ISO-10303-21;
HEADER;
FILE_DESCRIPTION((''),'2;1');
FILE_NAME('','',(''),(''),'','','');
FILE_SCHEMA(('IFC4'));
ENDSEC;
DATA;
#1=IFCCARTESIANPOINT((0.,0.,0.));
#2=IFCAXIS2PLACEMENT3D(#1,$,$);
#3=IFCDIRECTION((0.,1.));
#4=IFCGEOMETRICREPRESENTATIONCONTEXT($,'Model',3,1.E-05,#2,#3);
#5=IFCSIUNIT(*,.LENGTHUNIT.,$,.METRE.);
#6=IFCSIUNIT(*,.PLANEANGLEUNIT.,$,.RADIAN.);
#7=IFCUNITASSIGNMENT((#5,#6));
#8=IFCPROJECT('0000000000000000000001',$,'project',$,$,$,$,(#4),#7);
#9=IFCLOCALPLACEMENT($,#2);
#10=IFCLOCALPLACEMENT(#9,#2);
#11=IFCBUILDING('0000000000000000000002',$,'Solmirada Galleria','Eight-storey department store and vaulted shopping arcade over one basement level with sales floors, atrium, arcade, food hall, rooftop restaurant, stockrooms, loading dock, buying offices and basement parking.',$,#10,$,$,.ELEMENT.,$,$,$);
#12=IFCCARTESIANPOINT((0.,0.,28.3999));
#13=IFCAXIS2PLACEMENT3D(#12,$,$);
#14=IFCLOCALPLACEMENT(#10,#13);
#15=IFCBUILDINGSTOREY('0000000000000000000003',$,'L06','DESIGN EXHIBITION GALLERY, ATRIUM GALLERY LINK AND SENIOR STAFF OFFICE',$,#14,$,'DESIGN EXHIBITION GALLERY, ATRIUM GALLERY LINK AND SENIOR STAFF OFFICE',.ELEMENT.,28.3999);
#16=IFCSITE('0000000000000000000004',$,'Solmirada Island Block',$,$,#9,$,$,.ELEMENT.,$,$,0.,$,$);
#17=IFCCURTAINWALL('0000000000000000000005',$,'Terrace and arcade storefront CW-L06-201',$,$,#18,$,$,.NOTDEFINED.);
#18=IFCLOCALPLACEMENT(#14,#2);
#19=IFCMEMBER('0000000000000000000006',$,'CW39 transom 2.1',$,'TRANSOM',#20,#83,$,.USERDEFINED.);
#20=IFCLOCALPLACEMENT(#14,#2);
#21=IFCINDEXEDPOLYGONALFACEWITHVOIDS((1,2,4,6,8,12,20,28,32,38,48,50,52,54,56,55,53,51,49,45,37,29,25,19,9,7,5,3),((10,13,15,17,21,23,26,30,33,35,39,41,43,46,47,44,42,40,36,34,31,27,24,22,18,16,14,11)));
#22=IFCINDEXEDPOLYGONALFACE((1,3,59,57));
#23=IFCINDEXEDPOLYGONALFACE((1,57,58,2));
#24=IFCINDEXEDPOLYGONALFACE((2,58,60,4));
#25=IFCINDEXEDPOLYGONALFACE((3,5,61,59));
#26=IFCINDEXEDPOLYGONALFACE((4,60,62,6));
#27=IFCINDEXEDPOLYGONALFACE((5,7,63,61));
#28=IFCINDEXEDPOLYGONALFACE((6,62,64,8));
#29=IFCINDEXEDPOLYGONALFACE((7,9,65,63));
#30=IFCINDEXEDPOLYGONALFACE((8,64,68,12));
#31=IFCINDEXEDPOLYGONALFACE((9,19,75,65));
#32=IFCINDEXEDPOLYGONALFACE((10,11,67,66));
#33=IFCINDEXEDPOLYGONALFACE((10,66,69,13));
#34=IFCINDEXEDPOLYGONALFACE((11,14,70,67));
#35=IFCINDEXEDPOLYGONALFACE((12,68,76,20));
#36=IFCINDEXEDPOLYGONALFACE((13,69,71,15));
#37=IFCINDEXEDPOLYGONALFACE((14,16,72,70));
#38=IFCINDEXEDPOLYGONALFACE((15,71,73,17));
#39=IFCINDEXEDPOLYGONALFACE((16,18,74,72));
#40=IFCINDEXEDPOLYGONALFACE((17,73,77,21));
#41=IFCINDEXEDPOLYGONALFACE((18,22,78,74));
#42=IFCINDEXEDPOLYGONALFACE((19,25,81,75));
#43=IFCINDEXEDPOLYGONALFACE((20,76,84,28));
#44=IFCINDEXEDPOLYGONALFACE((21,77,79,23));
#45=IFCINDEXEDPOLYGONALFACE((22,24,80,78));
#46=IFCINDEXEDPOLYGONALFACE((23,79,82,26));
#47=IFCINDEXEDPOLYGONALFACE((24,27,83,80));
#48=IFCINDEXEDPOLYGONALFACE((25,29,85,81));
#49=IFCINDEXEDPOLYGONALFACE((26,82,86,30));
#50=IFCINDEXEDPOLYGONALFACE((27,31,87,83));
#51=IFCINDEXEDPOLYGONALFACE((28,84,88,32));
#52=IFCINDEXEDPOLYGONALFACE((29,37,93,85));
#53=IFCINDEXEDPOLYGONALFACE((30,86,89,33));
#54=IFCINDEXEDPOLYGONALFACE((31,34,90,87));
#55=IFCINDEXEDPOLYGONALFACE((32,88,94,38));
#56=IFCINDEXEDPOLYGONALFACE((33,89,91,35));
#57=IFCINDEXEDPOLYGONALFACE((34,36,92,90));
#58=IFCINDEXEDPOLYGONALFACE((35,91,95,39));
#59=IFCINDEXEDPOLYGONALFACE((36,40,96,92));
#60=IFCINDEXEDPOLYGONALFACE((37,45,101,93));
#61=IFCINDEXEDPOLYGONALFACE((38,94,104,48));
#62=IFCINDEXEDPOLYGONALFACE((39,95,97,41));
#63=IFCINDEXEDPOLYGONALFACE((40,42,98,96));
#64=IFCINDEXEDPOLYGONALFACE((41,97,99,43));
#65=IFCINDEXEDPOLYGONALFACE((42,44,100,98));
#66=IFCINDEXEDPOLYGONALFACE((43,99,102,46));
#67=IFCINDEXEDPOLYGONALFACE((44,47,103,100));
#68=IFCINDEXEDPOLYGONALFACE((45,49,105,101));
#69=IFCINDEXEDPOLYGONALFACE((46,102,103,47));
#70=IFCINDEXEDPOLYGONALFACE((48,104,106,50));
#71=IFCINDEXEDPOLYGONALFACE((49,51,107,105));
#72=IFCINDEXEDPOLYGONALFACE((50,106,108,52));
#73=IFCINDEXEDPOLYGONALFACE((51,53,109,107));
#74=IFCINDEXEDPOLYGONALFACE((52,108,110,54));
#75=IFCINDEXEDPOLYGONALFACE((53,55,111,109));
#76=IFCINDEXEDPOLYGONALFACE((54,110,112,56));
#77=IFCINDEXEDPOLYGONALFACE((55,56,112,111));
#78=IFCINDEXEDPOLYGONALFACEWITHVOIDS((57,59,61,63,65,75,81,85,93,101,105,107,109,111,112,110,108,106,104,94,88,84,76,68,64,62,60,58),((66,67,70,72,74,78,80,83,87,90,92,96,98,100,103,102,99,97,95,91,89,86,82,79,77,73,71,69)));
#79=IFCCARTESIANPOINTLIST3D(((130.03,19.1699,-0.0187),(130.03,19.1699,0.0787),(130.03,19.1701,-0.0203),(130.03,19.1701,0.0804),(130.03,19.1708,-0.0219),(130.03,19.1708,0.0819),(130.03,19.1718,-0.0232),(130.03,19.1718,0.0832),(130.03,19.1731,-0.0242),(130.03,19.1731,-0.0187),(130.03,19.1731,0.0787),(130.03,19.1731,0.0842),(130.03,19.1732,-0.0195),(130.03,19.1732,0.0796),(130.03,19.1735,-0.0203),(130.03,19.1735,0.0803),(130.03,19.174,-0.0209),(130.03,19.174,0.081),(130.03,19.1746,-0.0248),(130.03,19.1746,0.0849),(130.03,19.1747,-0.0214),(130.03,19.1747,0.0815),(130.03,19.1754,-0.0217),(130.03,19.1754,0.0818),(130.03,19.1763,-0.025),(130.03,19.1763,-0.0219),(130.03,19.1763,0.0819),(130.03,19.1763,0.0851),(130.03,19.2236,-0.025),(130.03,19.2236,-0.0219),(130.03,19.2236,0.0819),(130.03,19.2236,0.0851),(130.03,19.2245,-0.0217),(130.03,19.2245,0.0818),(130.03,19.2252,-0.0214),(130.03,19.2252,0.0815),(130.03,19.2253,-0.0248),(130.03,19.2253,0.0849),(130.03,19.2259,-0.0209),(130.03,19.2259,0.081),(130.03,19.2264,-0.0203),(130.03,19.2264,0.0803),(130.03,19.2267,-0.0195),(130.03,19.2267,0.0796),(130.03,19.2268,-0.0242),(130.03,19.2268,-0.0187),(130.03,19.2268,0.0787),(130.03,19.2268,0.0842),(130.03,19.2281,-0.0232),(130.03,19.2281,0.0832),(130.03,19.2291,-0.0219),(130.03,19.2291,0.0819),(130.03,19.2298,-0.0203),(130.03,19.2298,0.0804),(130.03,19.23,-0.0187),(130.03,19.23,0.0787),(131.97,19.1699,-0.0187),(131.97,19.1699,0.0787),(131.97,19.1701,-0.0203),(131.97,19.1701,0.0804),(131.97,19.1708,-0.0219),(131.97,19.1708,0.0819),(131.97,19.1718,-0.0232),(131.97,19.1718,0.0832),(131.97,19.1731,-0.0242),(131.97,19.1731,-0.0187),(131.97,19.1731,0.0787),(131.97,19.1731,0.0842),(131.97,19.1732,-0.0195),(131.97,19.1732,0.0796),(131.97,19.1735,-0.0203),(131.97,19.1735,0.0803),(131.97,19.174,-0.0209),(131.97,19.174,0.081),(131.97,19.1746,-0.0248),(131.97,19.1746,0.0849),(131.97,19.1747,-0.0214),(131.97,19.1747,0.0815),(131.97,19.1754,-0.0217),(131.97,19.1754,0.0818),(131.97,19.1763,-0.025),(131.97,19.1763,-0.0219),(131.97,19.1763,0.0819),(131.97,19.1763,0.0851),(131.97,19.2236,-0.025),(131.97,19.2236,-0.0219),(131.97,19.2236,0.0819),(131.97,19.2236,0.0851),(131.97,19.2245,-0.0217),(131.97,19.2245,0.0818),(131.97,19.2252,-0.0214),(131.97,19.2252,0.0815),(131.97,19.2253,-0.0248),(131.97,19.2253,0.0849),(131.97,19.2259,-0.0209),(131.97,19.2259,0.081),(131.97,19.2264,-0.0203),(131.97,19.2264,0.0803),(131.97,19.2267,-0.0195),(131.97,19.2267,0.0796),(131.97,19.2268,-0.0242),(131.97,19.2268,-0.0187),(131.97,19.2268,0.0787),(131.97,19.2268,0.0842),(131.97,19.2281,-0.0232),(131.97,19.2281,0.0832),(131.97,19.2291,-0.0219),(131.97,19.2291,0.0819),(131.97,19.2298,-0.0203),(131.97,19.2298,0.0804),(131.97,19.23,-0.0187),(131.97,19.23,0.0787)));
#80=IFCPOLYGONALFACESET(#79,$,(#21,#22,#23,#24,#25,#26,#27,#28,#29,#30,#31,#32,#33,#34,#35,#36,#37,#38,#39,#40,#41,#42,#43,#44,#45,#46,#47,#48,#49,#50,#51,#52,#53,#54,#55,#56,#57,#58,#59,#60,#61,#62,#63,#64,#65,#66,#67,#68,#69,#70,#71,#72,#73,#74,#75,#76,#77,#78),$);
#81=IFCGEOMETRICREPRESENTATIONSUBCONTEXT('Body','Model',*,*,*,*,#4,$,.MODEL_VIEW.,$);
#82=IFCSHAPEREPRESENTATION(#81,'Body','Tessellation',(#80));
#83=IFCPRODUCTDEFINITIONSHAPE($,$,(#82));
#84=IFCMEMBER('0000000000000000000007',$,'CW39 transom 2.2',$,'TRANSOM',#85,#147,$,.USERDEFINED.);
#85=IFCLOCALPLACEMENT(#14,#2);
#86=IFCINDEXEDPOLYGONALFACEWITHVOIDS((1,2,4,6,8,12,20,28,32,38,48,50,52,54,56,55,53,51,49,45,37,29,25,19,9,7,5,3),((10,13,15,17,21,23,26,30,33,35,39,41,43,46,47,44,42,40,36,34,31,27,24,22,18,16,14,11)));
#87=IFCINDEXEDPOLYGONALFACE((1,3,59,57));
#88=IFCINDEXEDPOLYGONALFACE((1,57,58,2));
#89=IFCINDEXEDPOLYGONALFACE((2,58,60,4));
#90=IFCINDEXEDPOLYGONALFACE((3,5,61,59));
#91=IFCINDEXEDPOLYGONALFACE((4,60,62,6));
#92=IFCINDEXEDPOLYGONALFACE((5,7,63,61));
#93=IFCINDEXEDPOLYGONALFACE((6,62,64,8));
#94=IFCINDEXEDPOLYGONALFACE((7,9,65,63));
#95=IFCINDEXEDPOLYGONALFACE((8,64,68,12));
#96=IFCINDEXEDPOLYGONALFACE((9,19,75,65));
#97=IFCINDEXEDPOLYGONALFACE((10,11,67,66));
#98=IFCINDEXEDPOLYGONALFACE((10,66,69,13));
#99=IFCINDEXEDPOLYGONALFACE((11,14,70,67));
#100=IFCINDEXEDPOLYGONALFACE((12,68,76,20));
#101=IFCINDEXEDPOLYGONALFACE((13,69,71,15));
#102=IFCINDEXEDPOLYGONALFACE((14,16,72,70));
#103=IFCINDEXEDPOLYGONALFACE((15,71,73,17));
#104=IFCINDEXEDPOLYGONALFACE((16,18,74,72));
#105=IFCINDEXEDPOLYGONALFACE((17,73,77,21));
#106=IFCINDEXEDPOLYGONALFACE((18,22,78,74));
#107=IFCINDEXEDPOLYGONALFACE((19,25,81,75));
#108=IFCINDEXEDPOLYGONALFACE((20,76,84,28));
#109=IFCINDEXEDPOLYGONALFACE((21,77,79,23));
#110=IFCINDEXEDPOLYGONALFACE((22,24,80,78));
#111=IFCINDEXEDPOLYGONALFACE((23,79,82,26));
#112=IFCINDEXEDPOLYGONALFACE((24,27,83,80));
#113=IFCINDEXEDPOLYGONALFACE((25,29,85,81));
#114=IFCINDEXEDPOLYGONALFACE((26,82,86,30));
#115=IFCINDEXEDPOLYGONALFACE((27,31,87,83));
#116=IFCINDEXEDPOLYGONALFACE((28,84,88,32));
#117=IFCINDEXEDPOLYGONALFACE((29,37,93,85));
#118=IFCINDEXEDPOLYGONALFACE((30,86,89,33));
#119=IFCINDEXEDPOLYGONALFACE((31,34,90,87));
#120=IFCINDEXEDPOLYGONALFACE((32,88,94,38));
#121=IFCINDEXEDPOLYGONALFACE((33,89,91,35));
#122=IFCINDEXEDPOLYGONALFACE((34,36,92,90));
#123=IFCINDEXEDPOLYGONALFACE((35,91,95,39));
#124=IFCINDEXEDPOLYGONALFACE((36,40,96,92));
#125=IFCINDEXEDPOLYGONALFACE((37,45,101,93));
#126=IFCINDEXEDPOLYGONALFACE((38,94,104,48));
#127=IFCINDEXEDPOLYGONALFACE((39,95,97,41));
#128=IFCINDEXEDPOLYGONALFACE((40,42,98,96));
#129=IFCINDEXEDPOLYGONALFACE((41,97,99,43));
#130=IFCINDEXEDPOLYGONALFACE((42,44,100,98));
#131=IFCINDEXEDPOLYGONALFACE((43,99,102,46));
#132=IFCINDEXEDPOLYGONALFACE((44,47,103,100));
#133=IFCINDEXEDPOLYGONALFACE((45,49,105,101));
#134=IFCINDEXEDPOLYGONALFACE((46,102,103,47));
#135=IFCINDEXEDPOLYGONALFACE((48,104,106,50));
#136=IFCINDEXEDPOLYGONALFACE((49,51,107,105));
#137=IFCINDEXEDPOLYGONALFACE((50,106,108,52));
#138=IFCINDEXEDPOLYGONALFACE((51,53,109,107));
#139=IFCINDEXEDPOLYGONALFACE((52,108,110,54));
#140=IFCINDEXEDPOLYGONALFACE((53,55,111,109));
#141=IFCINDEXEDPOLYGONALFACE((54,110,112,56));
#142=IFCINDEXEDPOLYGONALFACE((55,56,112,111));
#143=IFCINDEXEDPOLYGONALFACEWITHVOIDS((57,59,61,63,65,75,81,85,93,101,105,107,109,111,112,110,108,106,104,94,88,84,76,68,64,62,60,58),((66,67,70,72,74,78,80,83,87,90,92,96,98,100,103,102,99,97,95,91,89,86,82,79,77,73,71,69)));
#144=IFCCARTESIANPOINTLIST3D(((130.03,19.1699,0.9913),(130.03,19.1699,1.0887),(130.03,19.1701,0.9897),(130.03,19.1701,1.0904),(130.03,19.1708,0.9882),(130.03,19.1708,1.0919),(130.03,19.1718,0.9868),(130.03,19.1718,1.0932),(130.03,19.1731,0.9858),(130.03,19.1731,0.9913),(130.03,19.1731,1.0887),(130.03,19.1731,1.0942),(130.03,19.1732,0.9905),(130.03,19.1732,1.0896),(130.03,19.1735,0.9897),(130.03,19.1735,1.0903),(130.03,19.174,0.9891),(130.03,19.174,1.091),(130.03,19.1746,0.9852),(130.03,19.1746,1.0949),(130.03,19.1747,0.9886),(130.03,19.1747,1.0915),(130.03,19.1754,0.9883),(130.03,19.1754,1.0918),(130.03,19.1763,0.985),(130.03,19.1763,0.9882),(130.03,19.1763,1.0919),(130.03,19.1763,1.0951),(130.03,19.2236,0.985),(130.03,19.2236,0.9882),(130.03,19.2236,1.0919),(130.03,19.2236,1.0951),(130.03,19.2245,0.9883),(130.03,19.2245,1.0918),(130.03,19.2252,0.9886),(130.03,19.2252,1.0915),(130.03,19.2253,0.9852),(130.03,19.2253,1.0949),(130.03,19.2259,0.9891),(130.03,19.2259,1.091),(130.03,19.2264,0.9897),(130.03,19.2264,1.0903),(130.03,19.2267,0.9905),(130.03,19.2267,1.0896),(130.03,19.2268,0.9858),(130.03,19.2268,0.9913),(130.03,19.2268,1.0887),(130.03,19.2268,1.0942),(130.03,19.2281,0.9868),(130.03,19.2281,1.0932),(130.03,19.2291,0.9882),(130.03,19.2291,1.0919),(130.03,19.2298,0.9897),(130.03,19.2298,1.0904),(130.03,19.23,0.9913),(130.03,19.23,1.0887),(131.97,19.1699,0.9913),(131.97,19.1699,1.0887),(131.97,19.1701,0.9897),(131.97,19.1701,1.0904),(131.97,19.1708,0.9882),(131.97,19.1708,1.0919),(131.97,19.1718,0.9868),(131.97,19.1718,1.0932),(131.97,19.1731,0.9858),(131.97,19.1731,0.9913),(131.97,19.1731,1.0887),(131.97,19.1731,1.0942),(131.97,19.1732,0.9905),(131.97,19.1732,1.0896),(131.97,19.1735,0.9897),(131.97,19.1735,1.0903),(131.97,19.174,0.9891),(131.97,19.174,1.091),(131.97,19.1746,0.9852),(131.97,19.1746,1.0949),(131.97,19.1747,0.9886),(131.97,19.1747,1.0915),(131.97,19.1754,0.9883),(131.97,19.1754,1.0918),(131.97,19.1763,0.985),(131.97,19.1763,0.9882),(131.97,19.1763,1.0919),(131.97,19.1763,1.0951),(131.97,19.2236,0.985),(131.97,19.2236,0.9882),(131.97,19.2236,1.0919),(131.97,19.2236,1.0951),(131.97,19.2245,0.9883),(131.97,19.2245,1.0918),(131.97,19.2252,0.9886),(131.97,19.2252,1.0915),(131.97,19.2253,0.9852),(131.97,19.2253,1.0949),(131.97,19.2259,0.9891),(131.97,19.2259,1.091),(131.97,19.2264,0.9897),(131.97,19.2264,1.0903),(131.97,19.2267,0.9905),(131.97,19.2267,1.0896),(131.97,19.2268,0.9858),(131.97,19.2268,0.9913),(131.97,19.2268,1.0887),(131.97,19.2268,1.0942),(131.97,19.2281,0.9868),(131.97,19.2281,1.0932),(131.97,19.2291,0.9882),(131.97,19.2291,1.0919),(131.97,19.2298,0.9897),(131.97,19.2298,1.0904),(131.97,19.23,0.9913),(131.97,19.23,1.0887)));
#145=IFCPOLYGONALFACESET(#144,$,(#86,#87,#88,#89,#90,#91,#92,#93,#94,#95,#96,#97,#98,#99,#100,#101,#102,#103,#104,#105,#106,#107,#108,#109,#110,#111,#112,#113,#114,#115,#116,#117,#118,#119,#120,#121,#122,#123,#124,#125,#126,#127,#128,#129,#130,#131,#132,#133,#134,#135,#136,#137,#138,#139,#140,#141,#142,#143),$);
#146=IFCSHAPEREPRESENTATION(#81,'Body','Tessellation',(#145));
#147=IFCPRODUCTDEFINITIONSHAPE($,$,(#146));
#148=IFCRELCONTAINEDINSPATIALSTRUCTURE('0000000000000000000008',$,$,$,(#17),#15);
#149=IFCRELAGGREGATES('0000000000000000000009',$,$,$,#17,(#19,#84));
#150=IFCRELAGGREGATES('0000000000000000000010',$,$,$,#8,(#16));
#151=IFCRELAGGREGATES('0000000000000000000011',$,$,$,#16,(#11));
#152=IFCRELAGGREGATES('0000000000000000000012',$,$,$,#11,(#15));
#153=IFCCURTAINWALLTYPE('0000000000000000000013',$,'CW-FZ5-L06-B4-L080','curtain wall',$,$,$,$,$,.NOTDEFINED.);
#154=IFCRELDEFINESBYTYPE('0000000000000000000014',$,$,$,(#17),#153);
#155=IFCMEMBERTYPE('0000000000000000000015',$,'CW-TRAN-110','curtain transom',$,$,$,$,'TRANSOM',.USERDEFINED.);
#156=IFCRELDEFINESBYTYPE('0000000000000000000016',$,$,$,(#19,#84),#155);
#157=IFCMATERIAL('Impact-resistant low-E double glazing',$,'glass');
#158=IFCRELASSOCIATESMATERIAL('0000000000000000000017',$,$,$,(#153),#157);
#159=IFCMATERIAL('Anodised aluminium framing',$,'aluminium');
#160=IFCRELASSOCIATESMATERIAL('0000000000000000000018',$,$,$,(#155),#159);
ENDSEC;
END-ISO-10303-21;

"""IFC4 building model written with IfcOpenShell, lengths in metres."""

from ifc_helpers import new_model, si_unit, direction, frame, origin, origin_2d, place, context, subcontext, project, spatial, hollow_rectangle, extrude, material, material_profile, profile_set, type_object, element, aggregate, save


model = new_model("IFC4")

# Units and contexts
model_context = context("Model", 3, precision=1e-05, world=origin(), true_north=direction((0.0, 1.0)))
body_context = subcontext(model_context, "Body", "Model", "MODEL_VIEW")
ifc_project = project(units=[si_unit("LENGTHUNIT", "METRE"), si_unit("PLANEANGLEUNIT", "RADIAN")], contexts=[model_context])

# Site, building, storey
site_placement = place(None, origin())
site = spatial("IfcSite", under=ifc_project, at=site_placement, Name="Solmirada Island Block", CompositionType="ELEMENT", RefElevation=0.0)
building_placement = place(site_placement, origin())
building = spatial("IfcBuilding", under=site, at=building_placement, Name="Solmirada Galleria", Description="Eight-storey department store and vaulted shopping arcade over one basement level with sales floors, atrium, arcade, food hall, rooftop restaurant, stockrooms, loading dock, buying offices and basement parking.", CompositionType="ELEMENT")
storey_placement = place(building_placement, frame((0.0, 0.0, 28.3999)))
storey = spatial("IfcBuildingStorey", under=building, at=storey_placement, Name="L06", Description="DESIGN EXHIBITION GALLERY, ATRIUM GALLERY LINK AND SENIOR STAFF OFFICE", LongName="DESIGN EXHIBITION GALLERY, ATRIUM GALLERY LINK AND SENIOR STAFF OFFICE", CompositionType="ELEMENT", Elevation=28.3999)

# Shared definitions
ifc_material_1 = material(Name="Impact-resistant low-E double glazing", Category="glass")
curtain_wall_type = type_object("IfcCurtainWallType", Name="CW-FZ5-L06-B4-L080", Description="curtain wall", PredefinedType="NOTDEFINED", material=ifc_material_1)
ifc_material_2 = material(Name="Anodised aluminium framing", Category="aluminium")

# Curtain wall, members
curtain_wall_1_placement = place(storey_placement, origin())
curtain_wall_1 = element("IfcCurtainWall", 1, at=curtain_wall_1_placement, inside=storey, type_object=curtain_wall_type, Name="Terrace and arcade storefront CW-L06-201", PredefinedType="NOTDEFINED")
ifc_material_profile_1 = material_profile(ifc_material_2, hollow_rectangle(XDim=0.0601, YDim=0.1101, WallThickness=0.0032, InnerFilletRadius=0.0032, OuterFilletRadius=0.0063, at=origin_2d()), Name="ALU-TRAN-110X60")
ifc_profile_set_1 = profile_set([ifc_material_profile_1], Name="Anodised aluminium framing")
member_type_1 = type_object("IfcMemberType", Name="CW-TRAN-110", Description="curtain transom", ElementType="TRANSOM", PredefinedType="USERDEFINED", material=ifc_profile_set_1)
member_1_placement = place(storey_placement, frame((130.03, 19.2, 0.03), z_axis=(1.0, 0.0, 0.0), x_axis=(0.0, 1.0, 0.0)))
member_1 = element("IfcMember", 2, at=member_1_placement, type_object=member_type_1, Name="CW39 transom 2.1", ObjectType="TRANSOM", PredefinedType="USERDEFINED", context=body_context, shape_type="SweptSolid", body=[
    extrude(hollow_rectangle(XDim=0.0601, YDim=0.1101, WallThickness=0.0032, InnerFilletRadius=0.0032, OuterFilletRadius=0.0063, at=origin_2d()), origin(), (0.0, 0.0, 1.0), 1.9399),
])
member_2_placement = place(storey_placement, frame((130.03, 19.2, 1.04), z_axis=(1.0, 0.0, 0.0), x_axis=(0.0, 1.0, 0.0)))
member_2 = element("IfcMember", 3, at=member_2_placement, type_object=member_type_1, Name="CW39 transom 2.2", ObjectType="TRANSOM", PredefinedType="USERDEFINED", context=body_context, shape_type="SweptSolid", body=[
    extrude(hollow_rectangle(XDim=0.0601, YDim=0.1101, WallThickness=0.0032, InnerFilletRadius=0.0032, OuterFilletRadius=0.0063, at=origin_2d()), origin(), (0.0, 0.0, 1.0), 1.9399),
])

aggregate(curtain_wall_1, [member_1, member_2])

save(model, "model.ifc")
